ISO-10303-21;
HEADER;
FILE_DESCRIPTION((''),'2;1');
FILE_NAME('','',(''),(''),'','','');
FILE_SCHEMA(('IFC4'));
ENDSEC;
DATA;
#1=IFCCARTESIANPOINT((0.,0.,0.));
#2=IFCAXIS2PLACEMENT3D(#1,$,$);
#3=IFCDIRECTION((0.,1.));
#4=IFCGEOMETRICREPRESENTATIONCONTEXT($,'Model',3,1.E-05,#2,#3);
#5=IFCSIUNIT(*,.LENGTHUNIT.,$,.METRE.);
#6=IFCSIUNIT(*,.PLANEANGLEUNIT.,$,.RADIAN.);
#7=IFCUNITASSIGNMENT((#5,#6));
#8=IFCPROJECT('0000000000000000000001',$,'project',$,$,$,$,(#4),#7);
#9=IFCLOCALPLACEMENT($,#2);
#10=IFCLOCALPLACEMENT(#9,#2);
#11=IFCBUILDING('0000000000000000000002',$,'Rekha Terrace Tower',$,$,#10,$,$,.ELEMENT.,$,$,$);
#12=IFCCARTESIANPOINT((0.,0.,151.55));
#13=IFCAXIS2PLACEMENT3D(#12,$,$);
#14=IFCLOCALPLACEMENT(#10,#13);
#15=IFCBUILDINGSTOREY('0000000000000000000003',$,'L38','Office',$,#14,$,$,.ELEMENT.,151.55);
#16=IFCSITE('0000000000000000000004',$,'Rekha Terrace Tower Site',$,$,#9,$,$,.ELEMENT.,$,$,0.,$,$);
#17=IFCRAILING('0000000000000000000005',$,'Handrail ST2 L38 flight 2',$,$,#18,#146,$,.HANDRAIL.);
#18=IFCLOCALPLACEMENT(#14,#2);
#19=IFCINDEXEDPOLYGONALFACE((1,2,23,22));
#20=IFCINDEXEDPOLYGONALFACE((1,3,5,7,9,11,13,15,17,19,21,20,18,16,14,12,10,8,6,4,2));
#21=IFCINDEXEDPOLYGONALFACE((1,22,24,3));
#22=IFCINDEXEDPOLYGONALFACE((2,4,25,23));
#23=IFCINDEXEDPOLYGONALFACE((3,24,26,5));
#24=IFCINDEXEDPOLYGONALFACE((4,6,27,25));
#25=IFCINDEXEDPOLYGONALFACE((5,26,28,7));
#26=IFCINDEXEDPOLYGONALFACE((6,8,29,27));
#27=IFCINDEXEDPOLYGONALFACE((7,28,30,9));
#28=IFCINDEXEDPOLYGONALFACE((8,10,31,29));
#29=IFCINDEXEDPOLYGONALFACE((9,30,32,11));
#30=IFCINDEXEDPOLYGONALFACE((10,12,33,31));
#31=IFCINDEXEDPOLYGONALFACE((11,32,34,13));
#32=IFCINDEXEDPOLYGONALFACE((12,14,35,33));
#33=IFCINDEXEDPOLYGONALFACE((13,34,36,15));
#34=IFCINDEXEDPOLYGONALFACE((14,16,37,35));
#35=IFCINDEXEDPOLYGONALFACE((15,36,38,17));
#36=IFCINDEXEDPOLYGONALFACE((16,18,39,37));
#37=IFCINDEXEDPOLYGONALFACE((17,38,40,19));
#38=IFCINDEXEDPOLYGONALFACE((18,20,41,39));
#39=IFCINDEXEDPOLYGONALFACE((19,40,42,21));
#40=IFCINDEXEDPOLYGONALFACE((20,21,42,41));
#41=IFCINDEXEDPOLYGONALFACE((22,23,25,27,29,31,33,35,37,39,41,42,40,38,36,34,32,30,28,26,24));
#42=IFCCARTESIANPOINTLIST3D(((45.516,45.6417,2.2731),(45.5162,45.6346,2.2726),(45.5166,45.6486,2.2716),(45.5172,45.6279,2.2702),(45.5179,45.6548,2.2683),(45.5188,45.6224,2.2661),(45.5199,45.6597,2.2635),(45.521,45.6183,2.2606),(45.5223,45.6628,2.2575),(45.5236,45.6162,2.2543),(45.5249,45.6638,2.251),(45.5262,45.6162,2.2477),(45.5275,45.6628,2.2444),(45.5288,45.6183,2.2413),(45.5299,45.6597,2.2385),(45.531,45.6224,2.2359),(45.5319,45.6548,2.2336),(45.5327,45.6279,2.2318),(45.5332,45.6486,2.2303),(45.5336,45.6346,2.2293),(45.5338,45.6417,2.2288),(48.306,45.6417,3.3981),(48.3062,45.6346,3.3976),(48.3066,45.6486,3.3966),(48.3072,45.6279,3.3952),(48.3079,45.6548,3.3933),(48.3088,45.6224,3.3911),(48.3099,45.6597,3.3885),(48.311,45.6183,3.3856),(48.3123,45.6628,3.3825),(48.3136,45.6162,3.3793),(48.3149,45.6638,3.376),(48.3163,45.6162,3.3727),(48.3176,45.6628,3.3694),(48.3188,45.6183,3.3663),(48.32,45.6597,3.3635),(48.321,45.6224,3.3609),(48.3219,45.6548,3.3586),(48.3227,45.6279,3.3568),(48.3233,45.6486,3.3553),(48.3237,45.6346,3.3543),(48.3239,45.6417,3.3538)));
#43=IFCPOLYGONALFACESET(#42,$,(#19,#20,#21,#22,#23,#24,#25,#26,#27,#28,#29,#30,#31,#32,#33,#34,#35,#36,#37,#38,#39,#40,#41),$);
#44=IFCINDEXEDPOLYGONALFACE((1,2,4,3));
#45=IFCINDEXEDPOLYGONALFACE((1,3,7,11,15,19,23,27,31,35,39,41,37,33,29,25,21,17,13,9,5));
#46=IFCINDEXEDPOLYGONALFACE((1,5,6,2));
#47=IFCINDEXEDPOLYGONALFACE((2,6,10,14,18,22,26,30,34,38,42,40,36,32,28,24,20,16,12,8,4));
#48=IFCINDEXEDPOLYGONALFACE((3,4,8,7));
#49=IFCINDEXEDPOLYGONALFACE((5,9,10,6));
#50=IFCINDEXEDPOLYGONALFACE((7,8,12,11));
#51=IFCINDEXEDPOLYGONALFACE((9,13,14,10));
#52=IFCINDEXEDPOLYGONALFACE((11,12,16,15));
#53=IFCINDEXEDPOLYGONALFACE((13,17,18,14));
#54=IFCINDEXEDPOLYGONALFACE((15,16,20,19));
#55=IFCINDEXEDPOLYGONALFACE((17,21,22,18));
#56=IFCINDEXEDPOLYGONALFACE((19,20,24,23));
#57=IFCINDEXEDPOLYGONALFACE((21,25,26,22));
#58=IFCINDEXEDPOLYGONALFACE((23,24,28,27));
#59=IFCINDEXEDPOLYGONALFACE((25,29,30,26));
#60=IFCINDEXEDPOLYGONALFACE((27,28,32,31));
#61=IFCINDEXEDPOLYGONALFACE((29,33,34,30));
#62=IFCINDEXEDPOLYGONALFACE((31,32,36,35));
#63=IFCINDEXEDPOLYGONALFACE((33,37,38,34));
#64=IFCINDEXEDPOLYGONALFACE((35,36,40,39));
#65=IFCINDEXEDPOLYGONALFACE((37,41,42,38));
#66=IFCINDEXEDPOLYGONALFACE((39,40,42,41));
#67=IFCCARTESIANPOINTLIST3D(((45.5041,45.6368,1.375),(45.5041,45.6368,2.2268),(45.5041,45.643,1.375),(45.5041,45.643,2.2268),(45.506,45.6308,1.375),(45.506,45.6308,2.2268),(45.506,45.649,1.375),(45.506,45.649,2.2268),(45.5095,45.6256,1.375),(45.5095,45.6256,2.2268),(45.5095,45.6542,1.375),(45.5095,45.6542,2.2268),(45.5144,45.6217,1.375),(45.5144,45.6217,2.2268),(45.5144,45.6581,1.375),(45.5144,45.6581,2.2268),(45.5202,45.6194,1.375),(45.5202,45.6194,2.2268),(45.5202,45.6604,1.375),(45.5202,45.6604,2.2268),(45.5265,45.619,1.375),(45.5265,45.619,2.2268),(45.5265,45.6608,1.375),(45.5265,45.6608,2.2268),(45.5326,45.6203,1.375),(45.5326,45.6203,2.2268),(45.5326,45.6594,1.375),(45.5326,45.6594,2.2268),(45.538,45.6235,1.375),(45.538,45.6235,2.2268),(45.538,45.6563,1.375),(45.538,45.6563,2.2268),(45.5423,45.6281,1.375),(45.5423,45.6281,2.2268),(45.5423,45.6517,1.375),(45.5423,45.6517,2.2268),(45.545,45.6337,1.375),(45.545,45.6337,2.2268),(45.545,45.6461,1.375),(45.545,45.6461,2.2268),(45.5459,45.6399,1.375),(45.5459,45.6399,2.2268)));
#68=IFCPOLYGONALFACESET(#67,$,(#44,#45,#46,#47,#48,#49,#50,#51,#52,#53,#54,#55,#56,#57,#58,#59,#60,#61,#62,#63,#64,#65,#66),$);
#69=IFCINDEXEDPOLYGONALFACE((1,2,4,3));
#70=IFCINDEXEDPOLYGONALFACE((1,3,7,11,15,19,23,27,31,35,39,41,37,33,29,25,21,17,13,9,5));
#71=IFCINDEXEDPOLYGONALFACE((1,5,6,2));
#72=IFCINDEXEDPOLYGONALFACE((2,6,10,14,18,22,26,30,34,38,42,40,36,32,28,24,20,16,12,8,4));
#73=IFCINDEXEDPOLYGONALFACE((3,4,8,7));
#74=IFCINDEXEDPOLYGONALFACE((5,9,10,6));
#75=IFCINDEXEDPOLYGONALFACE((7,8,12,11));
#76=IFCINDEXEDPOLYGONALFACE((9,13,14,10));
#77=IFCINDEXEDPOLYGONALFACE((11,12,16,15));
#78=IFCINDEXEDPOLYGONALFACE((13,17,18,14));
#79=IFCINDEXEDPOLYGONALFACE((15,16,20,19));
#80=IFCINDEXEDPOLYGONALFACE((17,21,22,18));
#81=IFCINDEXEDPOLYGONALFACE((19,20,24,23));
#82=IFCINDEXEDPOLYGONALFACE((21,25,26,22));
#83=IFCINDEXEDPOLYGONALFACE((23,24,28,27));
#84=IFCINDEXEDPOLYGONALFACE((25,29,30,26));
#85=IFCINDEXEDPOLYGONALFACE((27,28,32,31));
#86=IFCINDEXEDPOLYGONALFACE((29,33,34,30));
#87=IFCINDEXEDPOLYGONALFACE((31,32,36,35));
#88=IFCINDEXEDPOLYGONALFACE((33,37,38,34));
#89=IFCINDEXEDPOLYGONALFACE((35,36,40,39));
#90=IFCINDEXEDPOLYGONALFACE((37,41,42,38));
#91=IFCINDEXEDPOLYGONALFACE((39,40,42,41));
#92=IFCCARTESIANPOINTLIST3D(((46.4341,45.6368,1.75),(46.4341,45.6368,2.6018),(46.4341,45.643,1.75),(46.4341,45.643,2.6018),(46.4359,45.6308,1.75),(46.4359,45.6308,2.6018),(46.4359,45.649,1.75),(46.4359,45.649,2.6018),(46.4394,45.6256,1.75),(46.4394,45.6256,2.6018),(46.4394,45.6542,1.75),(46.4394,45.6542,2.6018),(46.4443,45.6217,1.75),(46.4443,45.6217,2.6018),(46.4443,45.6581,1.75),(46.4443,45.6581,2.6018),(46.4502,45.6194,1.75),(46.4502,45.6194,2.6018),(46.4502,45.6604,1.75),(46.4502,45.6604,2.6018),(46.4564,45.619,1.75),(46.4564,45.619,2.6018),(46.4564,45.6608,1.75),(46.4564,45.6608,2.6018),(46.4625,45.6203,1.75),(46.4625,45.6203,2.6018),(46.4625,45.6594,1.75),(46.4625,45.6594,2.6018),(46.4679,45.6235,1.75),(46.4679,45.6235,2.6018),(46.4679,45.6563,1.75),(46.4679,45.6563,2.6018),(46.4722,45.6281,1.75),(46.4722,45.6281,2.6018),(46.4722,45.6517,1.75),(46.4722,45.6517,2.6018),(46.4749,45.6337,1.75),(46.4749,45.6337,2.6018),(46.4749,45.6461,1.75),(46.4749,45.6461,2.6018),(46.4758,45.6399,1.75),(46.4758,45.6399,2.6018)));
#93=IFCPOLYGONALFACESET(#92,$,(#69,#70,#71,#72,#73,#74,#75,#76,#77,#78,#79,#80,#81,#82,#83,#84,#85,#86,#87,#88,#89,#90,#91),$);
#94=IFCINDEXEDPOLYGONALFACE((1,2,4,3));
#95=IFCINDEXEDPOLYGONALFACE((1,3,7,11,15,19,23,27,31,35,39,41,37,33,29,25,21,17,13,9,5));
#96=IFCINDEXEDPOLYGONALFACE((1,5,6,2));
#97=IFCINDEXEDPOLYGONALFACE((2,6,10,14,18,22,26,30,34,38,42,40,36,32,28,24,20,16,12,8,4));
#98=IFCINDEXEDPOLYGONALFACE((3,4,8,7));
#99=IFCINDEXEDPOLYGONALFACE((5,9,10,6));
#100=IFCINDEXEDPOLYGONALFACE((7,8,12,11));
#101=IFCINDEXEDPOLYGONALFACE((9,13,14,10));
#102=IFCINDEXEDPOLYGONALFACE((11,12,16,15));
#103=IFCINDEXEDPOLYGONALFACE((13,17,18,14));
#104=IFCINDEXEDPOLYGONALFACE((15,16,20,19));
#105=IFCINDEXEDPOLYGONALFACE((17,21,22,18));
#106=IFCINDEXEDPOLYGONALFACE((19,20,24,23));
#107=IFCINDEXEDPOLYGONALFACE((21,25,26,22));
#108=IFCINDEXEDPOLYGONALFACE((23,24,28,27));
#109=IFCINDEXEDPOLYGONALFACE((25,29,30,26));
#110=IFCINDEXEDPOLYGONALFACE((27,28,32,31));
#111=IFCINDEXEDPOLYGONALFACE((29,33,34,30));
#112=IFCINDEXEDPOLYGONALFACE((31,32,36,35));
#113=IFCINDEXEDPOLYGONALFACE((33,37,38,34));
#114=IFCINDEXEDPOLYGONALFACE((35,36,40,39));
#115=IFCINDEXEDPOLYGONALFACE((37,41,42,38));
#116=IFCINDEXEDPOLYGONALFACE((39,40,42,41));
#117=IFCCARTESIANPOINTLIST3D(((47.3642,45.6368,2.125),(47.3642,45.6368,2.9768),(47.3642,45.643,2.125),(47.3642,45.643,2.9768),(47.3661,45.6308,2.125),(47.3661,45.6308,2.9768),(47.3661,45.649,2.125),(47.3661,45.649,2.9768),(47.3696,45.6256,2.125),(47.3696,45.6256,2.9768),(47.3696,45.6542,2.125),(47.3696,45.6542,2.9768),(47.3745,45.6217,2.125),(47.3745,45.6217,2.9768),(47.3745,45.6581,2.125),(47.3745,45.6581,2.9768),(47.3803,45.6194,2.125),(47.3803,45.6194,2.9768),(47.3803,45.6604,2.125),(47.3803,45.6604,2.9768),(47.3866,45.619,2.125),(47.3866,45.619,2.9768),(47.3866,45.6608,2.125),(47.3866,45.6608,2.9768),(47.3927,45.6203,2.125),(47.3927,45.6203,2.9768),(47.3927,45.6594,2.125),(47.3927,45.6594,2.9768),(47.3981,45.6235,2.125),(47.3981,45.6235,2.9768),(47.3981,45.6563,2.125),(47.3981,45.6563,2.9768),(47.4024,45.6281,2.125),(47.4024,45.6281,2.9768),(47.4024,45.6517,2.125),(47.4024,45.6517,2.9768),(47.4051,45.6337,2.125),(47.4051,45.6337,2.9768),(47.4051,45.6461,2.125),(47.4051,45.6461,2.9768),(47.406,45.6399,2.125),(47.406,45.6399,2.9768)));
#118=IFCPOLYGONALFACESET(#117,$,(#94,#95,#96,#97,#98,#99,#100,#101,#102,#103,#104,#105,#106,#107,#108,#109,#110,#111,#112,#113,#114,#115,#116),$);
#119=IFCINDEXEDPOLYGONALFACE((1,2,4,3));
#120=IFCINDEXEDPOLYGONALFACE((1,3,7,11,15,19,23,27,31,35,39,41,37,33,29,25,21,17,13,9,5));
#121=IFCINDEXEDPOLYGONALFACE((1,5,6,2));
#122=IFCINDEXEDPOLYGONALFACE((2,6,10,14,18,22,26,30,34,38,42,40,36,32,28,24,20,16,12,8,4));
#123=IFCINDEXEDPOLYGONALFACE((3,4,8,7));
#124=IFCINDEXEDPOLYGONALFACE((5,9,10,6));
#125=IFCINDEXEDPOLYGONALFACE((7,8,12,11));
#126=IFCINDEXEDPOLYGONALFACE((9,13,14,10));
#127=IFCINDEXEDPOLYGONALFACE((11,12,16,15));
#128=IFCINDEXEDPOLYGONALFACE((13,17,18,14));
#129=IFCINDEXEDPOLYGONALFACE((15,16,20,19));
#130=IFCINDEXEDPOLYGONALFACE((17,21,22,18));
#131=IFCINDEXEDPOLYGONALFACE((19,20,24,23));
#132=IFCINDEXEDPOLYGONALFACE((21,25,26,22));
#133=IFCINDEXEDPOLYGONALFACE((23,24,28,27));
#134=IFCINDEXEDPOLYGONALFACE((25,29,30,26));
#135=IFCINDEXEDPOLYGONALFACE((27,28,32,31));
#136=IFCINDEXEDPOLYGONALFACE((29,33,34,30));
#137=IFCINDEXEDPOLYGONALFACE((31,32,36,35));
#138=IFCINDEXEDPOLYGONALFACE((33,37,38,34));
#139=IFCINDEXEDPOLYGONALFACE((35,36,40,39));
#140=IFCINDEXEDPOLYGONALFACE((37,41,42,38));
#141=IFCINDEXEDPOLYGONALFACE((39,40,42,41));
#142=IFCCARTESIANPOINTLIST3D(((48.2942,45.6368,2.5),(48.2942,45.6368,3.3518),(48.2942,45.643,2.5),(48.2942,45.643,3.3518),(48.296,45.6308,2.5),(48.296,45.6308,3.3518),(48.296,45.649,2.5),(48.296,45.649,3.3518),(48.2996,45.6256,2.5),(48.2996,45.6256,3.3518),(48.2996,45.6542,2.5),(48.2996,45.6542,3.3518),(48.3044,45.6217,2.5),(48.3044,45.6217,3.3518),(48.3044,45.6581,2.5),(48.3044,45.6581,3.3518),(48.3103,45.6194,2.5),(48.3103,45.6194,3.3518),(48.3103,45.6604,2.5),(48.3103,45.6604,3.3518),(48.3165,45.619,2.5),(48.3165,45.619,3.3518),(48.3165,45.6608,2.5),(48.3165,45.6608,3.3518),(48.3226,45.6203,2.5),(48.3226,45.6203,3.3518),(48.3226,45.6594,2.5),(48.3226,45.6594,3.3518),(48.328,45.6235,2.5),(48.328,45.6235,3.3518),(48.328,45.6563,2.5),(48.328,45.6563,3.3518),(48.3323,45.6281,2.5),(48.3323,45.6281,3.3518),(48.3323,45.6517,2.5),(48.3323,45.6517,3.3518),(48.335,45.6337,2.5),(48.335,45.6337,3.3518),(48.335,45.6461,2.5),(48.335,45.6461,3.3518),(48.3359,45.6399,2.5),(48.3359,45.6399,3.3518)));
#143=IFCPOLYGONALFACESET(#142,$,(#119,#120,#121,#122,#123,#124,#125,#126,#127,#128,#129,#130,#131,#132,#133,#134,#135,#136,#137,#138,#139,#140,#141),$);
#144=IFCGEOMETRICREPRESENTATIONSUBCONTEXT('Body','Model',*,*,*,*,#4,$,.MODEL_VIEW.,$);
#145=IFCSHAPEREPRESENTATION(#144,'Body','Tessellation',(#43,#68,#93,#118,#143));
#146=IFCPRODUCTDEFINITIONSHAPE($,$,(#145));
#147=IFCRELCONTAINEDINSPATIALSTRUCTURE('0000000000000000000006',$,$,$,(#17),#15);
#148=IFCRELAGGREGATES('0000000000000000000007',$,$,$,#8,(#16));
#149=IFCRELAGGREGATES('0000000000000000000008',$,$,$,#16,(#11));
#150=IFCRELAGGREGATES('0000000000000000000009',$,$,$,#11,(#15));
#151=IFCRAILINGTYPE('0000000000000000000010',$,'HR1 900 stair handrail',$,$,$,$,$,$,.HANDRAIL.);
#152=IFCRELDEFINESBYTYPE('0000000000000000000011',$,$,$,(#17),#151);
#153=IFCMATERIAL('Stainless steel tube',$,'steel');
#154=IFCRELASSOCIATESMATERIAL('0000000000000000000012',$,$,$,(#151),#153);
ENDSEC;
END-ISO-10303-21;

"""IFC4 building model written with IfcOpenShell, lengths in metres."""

from ifc_helpers import new_model, si_unit, direction, frame, origin, origin_2d, place, context, subcontext, project, spatial, circle, extrude, material, type_object, element, save


model = new_model("IFC4")

# Units and contexts
model_context = context("Model", 3, precision=1e-05, world=origin(), true_north=direction((0.0, 1.0)))
body_context = subcontext(model_context, "Body", "Model", "MODEL_VIEW")
ifc_project = project(units=[si_unit("LENGTHUNIT", "METRE"), si_unit("PLANEANGLEUNIT", "RADIAN")], contexts=[model_context])

# Site, building, storey
site_placement = place(None, origin())
site = spatial("IfcSite", under=ifc_project, at=site_placement, Name="Rekha Terrace Tower Site", CompositionType="ELEMENT", RefElevation=0.0)
building_placement = place(site_placement, origin())
building = spatial("IfcBuilding", under=site, at=building_placement, Name="Rekha Terrace Tower", CompositionType="ELEMENT")
storey_placement = place(building_placement, frame((0.0, 0.0, 151.55)))
storey = spatial("IfcBuildingStorey", under=building, at=storey_placement, Name="L38", Description="Office", CompositionType="ELEMENT", Elevation=151.55)

# Railing
ifc_material_1 = material(Name="Stainless steel tube", Category="steel")
railing_type_1 = type_object("IfcRailingType", Name="HR1 900 stair handrail", PredefinedType="HANDRAIL", material=ifc_material_1)
railing_1_placement = place(storey_placement, frame((45.5249, 45.6399, 1.375)))
element("IfcRailing", 1, at=railing_1_placement, inside=storey, type_object=railing_type_1, Name="Handrail ST2 L38 flight 2", PredefinedType="HANDRAIL", context=body_context, shape_type="SweptSolid", body=[
    extrude(circle(Radius=0.0239, at=origin_2d()), frame((0.0, 0.0, 0.876), z_axis=(0.927443, 0.0, 0.373964), x_axis=(0.0, 1.0, 0.0)), (0.0, 0.0, 1.0), 3.0083),
    extrude(circle(Radius=0.021, at=origin_2d()), origin(), (0.0, 0.0, 1.0), 0.8518),
    extrude(circle(Radius=0.021, at=origin_2d()), frame((0.9299, 0.0, 0.375)), (0.0, 0.0, 1.0), 0.8518),
    extrude(circle(Radius=0.021, at=origin_2d()), frame((1.8601, 0.0, 0.75)), (0.0, 0.0, 1.0), 0.8518),
    extrude(circle(Radius=0.021, at=origin_2d()), frame((2.79, 0.0, 1.125)), (0.0, 0.0, 1.0), 0.8518),
])

save(model, "model.ifc")
